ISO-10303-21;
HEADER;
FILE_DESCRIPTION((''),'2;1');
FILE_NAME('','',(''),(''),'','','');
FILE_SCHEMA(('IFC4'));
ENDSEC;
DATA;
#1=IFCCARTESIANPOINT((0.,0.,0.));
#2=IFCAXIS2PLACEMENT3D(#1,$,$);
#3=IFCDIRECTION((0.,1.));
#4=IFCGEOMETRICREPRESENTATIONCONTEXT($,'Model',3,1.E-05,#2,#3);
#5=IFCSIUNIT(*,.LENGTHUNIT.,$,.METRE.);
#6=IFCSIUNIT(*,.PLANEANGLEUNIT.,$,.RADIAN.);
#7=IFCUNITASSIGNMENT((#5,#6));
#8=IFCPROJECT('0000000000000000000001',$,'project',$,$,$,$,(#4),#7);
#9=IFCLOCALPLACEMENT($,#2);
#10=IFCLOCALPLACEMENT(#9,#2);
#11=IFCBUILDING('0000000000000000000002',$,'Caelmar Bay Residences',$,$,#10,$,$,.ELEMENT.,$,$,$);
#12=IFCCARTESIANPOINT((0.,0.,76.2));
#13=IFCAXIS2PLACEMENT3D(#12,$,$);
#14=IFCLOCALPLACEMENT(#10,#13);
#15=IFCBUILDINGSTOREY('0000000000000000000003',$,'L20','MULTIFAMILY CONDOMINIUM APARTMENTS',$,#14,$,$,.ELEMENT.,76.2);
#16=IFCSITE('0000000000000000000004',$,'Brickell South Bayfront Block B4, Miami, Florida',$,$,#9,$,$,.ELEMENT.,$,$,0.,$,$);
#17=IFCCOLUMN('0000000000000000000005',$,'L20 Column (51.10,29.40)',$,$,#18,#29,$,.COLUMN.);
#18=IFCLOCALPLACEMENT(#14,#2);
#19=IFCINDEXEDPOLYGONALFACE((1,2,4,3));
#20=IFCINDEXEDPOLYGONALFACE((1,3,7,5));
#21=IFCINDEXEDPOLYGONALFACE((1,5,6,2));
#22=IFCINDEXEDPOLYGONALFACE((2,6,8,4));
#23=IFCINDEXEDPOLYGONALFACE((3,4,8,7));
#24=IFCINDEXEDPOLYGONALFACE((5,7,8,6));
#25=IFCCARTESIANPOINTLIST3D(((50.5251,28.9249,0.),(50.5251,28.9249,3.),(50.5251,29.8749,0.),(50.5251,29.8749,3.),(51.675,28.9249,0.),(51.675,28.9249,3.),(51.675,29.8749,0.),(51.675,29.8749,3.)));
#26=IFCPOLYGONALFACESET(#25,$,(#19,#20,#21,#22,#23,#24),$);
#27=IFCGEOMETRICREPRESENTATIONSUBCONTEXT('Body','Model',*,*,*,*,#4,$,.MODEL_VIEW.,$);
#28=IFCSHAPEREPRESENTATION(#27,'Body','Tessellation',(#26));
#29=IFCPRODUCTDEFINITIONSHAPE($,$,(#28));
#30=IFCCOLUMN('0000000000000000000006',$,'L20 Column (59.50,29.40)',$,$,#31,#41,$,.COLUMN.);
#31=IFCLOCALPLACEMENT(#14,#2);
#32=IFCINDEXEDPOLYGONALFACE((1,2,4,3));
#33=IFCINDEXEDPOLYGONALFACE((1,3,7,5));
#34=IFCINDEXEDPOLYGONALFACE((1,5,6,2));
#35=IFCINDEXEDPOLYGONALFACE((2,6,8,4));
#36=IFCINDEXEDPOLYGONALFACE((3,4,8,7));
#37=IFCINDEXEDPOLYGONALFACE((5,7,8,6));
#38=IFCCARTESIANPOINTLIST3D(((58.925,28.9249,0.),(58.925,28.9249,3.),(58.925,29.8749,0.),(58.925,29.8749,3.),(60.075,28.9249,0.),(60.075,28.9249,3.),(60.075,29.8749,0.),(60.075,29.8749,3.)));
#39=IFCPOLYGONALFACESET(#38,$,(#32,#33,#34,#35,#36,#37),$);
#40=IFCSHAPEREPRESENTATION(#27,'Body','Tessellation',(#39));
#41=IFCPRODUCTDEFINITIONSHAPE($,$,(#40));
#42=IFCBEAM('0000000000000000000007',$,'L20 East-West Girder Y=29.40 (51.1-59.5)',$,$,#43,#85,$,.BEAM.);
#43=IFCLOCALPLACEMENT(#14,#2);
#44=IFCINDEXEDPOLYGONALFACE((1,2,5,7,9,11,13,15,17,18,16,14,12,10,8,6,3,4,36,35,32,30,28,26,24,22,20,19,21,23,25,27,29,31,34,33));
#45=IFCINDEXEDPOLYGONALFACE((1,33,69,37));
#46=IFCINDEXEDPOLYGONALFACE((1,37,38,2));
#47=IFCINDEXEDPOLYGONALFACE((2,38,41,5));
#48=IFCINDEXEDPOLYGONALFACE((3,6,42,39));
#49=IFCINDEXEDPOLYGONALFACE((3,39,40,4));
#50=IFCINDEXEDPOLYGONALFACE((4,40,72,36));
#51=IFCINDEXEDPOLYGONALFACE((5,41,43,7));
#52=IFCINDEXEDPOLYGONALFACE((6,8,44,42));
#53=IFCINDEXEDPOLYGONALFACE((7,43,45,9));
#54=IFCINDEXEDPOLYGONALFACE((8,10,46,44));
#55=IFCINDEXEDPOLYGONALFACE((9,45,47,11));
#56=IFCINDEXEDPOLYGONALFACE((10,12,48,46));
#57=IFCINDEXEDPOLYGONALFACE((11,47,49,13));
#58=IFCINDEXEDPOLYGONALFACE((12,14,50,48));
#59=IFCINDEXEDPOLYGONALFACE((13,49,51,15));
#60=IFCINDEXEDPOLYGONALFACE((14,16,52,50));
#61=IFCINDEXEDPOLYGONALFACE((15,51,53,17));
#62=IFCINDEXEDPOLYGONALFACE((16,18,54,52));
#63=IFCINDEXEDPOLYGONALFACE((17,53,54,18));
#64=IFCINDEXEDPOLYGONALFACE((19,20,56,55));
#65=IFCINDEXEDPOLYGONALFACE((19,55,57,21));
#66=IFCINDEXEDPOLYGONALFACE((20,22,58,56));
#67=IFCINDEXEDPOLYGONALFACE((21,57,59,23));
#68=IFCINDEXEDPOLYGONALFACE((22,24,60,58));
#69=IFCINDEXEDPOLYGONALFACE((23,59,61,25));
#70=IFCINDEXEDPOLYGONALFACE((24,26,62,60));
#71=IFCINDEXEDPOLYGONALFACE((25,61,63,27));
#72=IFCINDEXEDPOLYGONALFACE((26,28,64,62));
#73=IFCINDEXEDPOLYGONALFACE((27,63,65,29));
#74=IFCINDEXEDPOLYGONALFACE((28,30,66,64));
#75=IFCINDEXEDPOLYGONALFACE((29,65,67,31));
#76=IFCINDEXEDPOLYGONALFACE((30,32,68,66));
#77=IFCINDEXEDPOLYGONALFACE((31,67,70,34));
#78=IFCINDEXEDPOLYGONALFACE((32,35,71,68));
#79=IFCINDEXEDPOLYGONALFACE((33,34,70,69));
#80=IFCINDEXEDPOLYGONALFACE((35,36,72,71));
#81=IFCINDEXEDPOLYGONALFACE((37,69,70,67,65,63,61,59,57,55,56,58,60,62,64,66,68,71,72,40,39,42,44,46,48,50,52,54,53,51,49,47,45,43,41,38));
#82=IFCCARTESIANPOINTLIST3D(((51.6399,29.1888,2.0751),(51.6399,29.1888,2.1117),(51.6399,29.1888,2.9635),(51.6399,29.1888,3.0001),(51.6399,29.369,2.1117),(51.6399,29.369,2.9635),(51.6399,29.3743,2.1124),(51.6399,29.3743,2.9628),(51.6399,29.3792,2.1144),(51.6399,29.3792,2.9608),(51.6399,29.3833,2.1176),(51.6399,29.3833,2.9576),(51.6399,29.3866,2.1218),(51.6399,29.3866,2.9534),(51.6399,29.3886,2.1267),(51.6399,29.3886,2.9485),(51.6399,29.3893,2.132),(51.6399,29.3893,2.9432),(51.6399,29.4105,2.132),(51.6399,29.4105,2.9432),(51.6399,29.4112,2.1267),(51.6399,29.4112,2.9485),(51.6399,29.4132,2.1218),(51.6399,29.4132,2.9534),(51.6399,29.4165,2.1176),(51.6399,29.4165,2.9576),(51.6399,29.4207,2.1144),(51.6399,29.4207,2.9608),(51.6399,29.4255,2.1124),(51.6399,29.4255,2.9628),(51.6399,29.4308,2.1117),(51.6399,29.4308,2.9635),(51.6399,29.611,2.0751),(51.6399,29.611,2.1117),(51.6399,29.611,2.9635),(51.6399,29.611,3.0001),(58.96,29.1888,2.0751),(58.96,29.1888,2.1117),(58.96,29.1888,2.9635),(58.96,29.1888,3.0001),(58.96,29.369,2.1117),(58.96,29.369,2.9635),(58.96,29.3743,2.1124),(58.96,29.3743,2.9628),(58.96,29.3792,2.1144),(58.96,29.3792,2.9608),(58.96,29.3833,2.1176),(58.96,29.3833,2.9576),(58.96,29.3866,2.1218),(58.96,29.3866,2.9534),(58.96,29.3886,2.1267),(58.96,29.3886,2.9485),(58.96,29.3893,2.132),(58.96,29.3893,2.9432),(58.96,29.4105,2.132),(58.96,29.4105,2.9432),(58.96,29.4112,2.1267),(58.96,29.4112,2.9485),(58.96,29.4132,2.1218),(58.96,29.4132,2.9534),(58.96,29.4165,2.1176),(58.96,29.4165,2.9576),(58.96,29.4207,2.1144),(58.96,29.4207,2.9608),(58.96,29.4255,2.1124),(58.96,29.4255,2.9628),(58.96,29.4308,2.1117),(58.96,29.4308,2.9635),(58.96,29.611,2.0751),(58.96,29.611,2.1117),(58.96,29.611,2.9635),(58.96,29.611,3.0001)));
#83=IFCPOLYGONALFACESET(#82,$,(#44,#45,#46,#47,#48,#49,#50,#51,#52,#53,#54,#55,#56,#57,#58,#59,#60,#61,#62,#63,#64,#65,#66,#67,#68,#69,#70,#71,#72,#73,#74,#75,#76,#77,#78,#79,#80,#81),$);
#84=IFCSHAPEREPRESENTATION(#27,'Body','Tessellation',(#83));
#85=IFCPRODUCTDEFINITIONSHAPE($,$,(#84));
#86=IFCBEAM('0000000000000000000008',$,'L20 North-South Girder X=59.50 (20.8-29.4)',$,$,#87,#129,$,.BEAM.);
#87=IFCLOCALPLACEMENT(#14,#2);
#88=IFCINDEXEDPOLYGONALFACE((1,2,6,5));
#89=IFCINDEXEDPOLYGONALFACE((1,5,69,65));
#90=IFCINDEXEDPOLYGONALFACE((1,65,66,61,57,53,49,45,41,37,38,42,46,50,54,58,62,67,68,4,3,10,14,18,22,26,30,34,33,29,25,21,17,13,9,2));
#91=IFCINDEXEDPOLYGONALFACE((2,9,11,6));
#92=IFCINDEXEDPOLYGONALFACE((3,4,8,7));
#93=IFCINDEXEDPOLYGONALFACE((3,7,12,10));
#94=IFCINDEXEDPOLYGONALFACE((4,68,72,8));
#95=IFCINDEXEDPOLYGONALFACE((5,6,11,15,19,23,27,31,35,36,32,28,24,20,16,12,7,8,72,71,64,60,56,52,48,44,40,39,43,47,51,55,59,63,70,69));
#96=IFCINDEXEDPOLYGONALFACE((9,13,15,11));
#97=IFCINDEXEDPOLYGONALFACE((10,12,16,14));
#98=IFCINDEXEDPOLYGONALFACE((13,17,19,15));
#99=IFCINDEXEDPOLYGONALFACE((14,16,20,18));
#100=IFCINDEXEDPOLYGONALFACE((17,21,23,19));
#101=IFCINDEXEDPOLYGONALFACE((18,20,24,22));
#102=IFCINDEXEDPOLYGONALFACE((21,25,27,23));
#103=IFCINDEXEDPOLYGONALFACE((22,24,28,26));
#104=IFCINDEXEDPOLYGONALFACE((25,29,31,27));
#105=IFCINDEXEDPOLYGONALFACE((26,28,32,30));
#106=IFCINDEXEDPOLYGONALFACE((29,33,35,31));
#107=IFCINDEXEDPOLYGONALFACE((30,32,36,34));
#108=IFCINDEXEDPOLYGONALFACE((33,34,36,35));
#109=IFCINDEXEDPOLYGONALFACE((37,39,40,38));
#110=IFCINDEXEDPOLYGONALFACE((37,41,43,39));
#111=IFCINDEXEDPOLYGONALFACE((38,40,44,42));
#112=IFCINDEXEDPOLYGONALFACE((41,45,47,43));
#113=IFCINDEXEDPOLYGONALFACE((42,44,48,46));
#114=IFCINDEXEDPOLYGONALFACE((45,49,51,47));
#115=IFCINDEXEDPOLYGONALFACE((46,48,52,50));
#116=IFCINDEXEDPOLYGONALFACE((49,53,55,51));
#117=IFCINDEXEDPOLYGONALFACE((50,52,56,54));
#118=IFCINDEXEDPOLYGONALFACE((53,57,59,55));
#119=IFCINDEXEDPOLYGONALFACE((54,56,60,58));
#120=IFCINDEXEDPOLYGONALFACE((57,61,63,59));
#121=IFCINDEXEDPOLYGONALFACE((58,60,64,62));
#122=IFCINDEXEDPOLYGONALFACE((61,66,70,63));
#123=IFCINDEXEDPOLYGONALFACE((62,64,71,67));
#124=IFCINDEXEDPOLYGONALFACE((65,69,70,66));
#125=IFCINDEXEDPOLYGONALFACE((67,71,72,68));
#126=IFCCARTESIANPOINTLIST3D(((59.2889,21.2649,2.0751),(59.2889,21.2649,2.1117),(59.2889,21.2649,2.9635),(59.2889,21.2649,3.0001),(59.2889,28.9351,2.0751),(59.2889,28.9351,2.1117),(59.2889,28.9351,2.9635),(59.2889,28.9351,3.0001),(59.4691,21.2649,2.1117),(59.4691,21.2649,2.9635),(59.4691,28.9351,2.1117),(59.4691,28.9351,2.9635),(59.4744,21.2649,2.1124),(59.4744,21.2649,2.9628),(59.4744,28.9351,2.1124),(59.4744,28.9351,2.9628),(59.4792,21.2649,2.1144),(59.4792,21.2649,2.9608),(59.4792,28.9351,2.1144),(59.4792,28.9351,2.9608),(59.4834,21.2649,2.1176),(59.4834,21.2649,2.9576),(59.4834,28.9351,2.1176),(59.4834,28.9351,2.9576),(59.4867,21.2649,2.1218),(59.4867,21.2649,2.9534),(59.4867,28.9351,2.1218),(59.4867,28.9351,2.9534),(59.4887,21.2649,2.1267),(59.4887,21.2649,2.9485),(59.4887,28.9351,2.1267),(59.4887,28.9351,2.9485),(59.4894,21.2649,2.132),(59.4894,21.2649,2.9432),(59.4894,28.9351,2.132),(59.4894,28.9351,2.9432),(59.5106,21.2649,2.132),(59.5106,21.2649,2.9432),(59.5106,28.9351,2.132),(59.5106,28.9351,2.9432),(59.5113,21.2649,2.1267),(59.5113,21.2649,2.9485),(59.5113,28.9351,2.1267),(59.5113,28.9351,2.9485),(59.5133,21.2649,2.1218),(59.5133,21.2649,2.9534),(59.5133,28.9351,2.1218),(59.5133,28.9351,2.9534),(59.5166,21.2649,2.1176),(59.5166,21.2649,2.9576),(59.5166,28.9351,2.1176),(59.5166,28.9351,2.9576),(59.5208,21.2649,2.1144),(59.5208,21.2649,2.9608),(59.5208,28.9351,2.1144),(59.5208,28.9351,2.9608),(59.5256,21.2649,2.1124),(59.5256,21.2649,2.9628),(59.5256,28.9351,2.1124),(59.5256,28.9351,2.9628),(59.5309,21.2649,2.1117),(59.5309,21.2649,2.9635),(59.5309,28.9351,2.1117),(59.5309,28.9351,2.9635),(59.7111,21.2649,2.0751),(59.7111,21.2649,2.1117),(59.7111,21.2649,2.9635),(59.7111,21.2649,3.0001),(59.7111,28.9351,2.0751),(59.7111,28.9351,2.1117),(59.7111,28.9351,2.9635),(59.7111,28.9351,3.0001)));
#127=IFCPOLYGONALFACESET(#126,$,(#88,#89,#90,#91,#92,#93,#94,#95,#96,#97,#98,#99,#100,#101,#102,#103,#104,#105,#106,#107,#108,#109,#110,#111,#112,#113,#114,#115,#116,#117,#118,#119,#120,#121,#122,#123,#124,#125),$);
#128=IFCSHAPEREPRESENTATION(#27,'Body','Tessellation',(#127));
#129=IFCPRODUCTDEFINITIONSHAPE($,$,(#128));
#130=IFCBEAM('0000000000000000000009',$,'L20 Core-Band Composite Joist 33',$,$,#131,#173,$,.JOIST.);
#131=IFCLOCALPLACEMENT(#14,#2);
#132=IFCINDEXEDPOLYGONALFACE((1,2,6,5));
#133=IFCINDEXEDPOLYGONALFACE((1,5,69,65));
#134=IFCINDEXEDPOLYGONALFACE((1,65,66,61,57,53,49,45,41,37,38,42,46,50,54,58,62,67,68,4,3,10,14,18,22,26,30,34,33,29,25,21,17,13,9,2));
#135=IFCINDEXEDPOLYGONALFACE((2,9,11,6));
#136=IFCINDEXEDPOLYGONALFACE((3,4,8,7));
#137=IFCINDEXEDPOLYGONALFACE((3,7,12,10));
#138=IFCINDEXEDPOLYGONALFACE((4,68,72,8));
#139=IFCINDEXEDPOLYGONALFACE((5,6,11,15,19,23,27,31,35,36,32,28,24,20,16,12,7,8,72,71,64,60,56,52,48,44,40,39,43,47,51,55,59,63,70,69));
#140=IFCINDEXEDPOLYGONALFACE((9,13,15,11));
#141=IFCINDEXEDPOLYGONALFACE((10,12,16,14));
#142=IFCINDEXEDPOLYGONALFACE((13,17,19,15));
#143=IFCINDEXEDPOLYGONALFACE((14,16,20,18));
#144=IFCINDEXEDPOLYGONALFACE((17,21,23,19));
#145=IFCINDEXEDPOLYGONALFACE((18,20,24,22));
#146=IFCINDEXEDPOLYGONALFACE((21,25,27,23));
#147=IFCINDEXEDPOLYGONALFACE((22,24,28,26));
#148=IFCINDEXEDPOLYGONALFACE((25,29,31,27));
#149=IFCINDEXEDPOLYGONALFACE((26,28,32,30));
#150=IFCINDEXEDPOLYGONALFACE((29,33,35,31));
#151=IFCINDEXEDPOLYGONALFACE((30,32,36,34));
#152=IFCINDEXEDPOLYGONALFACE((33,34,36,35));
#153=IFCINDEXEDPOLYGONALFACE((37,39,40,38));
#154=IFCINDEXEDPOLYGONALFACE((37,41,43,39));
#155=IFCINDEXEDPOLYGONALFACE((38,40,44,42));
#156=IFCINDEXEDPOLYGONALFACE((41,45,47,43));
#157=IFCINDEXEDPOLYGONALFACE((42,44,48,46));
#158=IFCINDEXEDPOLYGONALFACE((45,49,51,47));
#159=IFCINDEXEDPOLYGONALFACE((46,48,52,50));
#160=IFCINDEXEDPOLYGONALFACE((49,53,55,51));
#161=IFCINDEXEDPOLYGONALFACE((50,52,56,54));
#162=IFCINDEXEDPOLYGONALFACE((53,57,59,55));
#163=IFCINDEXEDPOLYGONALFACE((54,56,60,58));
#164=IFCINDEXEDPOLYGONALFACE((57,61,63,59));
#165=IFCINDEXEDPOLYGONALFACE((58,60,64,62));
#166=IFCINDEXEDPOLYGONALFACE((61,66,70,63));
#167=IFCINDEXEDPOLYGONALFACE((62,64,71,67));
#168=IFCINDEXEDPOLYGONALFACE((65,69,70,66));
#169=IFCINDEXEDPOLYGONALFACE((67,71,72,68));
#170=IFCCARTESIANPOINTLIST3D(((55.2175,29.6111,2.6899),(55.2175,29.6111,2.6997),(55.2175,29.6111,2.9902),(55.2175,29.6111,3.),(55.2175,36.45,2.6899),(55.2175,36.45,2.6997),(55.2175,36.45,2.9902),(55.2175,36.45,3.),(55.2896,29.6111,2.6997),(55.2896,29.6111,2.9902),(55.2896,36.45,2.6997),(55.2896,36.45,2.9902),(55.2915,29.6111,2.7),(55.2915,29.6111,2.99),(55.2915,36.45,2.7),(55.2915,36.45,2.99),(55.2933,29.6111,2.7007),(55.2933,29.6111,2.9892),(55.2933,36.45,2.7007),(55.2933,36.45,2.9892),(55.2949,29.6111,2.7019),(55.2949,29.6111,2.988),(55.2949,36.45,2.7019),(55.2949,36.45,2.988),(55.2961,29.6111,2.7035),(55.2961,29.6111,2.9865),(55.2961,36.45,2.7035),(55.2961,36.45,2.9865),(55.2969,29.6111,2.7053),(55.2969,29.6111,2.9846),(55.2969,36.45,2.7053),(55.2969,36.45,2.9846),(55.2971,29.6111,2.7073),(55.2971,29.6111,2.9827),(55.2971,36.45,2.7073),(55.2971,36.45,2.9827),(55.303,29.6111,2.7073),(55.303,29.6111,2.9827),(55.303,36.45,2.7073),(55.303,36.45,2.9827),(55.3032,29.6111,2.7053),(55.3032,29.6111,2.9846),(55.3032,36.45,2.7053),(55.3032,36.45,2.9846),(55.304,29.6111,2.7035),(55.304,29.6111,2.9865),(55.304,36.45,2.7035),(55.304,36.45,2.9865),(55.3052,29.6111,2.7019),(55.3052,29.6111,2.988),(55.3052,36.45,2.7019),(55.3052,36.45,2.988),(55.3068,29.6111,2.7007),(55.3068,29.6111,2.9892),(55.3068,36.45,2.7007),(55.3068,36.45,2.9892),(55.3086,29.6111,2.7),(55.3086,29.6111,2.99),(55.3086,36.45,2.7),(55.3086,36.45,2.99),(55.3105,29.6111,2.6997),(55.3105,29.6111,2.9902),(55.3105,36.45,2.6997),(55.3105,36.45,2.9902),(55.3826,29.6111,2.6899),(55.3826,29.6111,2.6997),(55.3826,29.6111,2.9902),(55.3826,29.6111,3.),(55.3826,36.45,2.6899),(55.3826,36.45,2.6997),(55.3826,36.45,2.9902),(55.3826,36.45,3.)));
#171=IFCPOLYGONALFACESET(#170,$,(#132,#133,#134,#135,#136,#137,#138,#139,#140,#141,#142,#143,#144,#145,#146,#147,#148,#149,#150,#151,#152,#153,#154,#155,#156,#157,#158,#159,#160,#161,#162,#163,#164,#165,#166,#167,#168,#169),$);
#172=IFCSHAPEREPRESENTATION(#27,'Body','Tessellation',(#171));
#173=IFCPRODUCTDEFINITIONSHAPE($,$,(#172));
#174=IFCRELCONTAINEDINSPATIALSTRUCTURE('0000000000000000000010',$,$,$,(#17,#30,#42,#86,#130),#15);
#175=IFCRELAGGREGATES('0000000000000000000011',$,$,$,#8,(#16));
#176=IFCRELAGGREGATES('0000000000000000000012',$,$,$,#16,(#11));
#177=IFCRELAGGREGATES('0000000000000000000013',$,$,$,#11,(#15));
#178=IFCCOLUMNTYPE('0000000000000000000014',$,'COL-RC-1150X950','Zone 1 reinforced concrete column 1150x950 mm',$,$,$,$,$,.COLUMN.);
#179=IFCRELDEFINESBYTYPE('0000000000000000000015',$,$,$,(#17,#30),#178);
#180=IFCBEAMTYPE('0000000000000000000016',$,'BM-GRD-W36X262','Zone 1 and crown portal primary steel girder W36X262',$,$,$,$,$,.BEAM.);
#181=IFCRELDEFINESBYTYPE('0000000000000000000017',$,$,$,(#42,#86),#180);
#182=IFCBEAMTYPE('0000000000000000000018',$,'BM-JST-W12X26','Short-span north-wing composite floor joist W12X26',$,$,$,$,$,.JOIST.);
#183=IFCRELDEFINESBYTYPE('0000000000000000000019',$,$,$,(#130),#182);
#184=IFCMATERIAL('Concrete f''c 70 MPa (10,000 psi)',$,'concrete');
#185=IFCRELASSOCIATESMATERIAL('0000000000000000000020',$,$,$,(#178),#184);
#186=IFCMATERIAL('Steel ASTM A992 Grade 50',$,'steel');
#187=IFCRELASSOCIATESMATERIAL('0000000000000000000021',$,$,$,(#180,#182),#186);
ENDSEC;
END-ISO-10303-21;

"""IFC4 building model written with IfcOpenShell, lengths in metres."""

from ifc_helpers import new_model, si_unit, direction, frame, origin, origin_2d, place, context, subcontext, project, spatial, rectangle, i_section, extrude, material, material_profile, profile_set, type_object, element, save


model = new_model("IFC4")

# Units and contexts
model_context = context("Model", 3, precision=1e-05, world=origin(), true_north=direction((0.0, 1.0)))
body_context = subcontext(model_context, "Body", "Model", "MODEL_VIEW")
ifc_project = project(units=[si_unit("LENGTHUNIT", "METRE"), si_unit("PLANEANGLEUNIT", "RADIAN")], contexts=[model_context])

# Site, building, storey
site_placement = place(None, origin())
site = spatial("IfcSite", under=ifc_project, at=site_placement, Name="Brickell South Bayfront Block B4, Miami, Florida", CompositionType="ELEMENT", RefElevation=0.0)
building_placement = place(site_placement, origin())
building = spatial("IfcBuilding", under=site, at=building_placement, Name="Caelmar Bay Residences", CompositionType="ELEMENT")
storey_placement = place(building_placement, frame((0.0, 0.0, 76.2)))
storey = spatial("IfcBuildingStorey", under=building, at=storey_placement, Name="L20", Description="MULTIFAMILY CONDOMINIUM APARTMENTS", CompositionType="ELEMENT", Elevation=76.2)

# Columns
ifc_material_1 = material(Name="Concrete f'c 70 MPa (10,000 psi)", Category="concrete")
ifc_material_profile_1 = material_profile(ifc_material_1, rectangle(XDim=1.1499, YDim=0.95, at=origin_2d()), Name="RC-COL-1150X950")
ifc_profile_set_1 = profile_set([ifc_material_profile_1], Name="Concrete f'c 70 MPa (10,000 psi)")
column_type = type_object("IfcColumnType", Name="COL-RC-1150X950", Description="Zone 1 reinforced concrete column 1150x950 mm", PredefinedType="COLUMN", material=ifc_profile_set_1)
for number, where, z_axis, x_axis, name in (
    (1, (51.1001, 29.3999, 0.0), (0.0, 0.0, 1.0), (1.0, 0.0, 0.0), "L20 Column (51.10,29.40)"),
    (2, (59.5, 29.3999, 0.0), (0.0, 0.0, 1.0), (1.0, 0.0, 0.0), "L20 Column (59.50,29.40)"),
):
    element("IfcColumn", number, at=place(storey_placement, frame(where, z_axis=z_axis, x_axis=x_axis)), inside=storey, type_object=column_type, Name=name, PredefinedType="COLUMN", context=body_context, shape_type="SweptSolid", body=[
        extrude(rectangle(XDim=1.1499, YDim=0.95, at=origin_2d()), origin(), (0.0, 0.0, 1.0), 3.0),
    ])

# Beams
ifc_material_2 = material(Name="Steel ASTM A992 Grade 50", Category="steel")
ifc_material_profile_2 = material_profile(ifc_material_2, i_section(OverallWidth=0.4221, OverallDepth=0.925, WebThickness=0.0212, FlangeThickness=0.0366, FilletRadius=0.0203, at=origin_2d()), Name="W36X262")
ifc_profile_set_2 = profile_set([ifc_material_profile_2], Name="Steel ASTM A992 Grade 50")
beam_type_1 = type_object("IfcBeamType", Name="BM-GRD-W36X262", Description="Zone 1 and crown portal primary steel girder W36X262", PredefinedType="BEAM", material=ifc_profile_set_2)
beam_1_placement = place(storey_placement, frame((51.6399, 29.3999, 2.5376), z_axis=(1.0, 0.0, 0.0), x_axis=(0.0, 1.0, 0.0)))
element("IfcBeam", 3, at=beam_1_placement, inside=storey, type_object=beam_type_1, Name="L20 East-West Girder Y=29.40 (51.1-59.5)", PredefinedType="BEAM", context=body_context, shape_type="SweptSolid", body=[
    extrude(i_section(OverallWidth=0.4221, OverallDepth=0.925, WebThickness=0.0212, FlangeThickness=0.0366, FilletRadius=0.0203, at=origin_2d()), origin(), (0.0, 0.0, 1.0), 7.3201),
])
beam_2_placement = place(storey_placement, frame((59.5, 21.2649, 2.5376), z_axis=(0.0, 1.0, 0.0), x_axis=(-1.0, 0.0, 0.0)))
element("IfcBeam", 4, at=beam_2_placement, inside=storey, type_object=beam_type_1, Name="L20 North-South Girder X=59.50 (20.8-29.4)", PredefinedType="BEAM", context=body_context, shape_type="SweptSolid", body=[
    extrude(i_section(OverallWidth=0.4221, OverallDepth=0.925, WebThickness=0.0212, FlangeThickness=0.0366, FilletRadius=0.0203, at=origin_2d()), origin(), (0.0, 0.0, 1.0), 7.6702),
])
ifc_material_profile_3 = material_profile(ifc_material_2, i_section(OverallWidth=0.165, OverallDepth=0.3101, WebThickness=0.0059, FlangeThickness=0.0098, FilletRadius=0.0076, at=origin_2d()), Name="W12X26")
ifc_profile_set_3 = profile_set([ifc_material_profile_3], Name="Steel ASTM A992 Grade 50")
beam_type_2 = type_object("IfcBeamType", Name="BM-JST-W12X26", Description="Short-span north-wing composite floor joist W12X26", PredefinedType="JOIST", material=ifc_profile_set_3)
beam_3_placement = place(storey_placement, frame((55.3, 29.6111, 2.845), z_axis=(0.0, 1.0, 0.0), x_axis=(-1.0, 0.0, 0.0)))
element("IfcBeam", 5, at=beam_3_placement, inside=storey, type_object=beam_type_2, Name="L20 Core-Band Composite Joist 33", PredefinedType="JOIST", context=body_context, shape_type="SweptSolid", body=[
    extrude(i_section(OverallWidth=0.165, OverallDepth=0.3101, WebThickness=0.0059, FlangeThickness=0.0098, FilletRadius=0.0076, at=origin_2d()), origin(), (0.0, 0.0, 1.0), 6.8389),
])

save(model, "model.ifc")
